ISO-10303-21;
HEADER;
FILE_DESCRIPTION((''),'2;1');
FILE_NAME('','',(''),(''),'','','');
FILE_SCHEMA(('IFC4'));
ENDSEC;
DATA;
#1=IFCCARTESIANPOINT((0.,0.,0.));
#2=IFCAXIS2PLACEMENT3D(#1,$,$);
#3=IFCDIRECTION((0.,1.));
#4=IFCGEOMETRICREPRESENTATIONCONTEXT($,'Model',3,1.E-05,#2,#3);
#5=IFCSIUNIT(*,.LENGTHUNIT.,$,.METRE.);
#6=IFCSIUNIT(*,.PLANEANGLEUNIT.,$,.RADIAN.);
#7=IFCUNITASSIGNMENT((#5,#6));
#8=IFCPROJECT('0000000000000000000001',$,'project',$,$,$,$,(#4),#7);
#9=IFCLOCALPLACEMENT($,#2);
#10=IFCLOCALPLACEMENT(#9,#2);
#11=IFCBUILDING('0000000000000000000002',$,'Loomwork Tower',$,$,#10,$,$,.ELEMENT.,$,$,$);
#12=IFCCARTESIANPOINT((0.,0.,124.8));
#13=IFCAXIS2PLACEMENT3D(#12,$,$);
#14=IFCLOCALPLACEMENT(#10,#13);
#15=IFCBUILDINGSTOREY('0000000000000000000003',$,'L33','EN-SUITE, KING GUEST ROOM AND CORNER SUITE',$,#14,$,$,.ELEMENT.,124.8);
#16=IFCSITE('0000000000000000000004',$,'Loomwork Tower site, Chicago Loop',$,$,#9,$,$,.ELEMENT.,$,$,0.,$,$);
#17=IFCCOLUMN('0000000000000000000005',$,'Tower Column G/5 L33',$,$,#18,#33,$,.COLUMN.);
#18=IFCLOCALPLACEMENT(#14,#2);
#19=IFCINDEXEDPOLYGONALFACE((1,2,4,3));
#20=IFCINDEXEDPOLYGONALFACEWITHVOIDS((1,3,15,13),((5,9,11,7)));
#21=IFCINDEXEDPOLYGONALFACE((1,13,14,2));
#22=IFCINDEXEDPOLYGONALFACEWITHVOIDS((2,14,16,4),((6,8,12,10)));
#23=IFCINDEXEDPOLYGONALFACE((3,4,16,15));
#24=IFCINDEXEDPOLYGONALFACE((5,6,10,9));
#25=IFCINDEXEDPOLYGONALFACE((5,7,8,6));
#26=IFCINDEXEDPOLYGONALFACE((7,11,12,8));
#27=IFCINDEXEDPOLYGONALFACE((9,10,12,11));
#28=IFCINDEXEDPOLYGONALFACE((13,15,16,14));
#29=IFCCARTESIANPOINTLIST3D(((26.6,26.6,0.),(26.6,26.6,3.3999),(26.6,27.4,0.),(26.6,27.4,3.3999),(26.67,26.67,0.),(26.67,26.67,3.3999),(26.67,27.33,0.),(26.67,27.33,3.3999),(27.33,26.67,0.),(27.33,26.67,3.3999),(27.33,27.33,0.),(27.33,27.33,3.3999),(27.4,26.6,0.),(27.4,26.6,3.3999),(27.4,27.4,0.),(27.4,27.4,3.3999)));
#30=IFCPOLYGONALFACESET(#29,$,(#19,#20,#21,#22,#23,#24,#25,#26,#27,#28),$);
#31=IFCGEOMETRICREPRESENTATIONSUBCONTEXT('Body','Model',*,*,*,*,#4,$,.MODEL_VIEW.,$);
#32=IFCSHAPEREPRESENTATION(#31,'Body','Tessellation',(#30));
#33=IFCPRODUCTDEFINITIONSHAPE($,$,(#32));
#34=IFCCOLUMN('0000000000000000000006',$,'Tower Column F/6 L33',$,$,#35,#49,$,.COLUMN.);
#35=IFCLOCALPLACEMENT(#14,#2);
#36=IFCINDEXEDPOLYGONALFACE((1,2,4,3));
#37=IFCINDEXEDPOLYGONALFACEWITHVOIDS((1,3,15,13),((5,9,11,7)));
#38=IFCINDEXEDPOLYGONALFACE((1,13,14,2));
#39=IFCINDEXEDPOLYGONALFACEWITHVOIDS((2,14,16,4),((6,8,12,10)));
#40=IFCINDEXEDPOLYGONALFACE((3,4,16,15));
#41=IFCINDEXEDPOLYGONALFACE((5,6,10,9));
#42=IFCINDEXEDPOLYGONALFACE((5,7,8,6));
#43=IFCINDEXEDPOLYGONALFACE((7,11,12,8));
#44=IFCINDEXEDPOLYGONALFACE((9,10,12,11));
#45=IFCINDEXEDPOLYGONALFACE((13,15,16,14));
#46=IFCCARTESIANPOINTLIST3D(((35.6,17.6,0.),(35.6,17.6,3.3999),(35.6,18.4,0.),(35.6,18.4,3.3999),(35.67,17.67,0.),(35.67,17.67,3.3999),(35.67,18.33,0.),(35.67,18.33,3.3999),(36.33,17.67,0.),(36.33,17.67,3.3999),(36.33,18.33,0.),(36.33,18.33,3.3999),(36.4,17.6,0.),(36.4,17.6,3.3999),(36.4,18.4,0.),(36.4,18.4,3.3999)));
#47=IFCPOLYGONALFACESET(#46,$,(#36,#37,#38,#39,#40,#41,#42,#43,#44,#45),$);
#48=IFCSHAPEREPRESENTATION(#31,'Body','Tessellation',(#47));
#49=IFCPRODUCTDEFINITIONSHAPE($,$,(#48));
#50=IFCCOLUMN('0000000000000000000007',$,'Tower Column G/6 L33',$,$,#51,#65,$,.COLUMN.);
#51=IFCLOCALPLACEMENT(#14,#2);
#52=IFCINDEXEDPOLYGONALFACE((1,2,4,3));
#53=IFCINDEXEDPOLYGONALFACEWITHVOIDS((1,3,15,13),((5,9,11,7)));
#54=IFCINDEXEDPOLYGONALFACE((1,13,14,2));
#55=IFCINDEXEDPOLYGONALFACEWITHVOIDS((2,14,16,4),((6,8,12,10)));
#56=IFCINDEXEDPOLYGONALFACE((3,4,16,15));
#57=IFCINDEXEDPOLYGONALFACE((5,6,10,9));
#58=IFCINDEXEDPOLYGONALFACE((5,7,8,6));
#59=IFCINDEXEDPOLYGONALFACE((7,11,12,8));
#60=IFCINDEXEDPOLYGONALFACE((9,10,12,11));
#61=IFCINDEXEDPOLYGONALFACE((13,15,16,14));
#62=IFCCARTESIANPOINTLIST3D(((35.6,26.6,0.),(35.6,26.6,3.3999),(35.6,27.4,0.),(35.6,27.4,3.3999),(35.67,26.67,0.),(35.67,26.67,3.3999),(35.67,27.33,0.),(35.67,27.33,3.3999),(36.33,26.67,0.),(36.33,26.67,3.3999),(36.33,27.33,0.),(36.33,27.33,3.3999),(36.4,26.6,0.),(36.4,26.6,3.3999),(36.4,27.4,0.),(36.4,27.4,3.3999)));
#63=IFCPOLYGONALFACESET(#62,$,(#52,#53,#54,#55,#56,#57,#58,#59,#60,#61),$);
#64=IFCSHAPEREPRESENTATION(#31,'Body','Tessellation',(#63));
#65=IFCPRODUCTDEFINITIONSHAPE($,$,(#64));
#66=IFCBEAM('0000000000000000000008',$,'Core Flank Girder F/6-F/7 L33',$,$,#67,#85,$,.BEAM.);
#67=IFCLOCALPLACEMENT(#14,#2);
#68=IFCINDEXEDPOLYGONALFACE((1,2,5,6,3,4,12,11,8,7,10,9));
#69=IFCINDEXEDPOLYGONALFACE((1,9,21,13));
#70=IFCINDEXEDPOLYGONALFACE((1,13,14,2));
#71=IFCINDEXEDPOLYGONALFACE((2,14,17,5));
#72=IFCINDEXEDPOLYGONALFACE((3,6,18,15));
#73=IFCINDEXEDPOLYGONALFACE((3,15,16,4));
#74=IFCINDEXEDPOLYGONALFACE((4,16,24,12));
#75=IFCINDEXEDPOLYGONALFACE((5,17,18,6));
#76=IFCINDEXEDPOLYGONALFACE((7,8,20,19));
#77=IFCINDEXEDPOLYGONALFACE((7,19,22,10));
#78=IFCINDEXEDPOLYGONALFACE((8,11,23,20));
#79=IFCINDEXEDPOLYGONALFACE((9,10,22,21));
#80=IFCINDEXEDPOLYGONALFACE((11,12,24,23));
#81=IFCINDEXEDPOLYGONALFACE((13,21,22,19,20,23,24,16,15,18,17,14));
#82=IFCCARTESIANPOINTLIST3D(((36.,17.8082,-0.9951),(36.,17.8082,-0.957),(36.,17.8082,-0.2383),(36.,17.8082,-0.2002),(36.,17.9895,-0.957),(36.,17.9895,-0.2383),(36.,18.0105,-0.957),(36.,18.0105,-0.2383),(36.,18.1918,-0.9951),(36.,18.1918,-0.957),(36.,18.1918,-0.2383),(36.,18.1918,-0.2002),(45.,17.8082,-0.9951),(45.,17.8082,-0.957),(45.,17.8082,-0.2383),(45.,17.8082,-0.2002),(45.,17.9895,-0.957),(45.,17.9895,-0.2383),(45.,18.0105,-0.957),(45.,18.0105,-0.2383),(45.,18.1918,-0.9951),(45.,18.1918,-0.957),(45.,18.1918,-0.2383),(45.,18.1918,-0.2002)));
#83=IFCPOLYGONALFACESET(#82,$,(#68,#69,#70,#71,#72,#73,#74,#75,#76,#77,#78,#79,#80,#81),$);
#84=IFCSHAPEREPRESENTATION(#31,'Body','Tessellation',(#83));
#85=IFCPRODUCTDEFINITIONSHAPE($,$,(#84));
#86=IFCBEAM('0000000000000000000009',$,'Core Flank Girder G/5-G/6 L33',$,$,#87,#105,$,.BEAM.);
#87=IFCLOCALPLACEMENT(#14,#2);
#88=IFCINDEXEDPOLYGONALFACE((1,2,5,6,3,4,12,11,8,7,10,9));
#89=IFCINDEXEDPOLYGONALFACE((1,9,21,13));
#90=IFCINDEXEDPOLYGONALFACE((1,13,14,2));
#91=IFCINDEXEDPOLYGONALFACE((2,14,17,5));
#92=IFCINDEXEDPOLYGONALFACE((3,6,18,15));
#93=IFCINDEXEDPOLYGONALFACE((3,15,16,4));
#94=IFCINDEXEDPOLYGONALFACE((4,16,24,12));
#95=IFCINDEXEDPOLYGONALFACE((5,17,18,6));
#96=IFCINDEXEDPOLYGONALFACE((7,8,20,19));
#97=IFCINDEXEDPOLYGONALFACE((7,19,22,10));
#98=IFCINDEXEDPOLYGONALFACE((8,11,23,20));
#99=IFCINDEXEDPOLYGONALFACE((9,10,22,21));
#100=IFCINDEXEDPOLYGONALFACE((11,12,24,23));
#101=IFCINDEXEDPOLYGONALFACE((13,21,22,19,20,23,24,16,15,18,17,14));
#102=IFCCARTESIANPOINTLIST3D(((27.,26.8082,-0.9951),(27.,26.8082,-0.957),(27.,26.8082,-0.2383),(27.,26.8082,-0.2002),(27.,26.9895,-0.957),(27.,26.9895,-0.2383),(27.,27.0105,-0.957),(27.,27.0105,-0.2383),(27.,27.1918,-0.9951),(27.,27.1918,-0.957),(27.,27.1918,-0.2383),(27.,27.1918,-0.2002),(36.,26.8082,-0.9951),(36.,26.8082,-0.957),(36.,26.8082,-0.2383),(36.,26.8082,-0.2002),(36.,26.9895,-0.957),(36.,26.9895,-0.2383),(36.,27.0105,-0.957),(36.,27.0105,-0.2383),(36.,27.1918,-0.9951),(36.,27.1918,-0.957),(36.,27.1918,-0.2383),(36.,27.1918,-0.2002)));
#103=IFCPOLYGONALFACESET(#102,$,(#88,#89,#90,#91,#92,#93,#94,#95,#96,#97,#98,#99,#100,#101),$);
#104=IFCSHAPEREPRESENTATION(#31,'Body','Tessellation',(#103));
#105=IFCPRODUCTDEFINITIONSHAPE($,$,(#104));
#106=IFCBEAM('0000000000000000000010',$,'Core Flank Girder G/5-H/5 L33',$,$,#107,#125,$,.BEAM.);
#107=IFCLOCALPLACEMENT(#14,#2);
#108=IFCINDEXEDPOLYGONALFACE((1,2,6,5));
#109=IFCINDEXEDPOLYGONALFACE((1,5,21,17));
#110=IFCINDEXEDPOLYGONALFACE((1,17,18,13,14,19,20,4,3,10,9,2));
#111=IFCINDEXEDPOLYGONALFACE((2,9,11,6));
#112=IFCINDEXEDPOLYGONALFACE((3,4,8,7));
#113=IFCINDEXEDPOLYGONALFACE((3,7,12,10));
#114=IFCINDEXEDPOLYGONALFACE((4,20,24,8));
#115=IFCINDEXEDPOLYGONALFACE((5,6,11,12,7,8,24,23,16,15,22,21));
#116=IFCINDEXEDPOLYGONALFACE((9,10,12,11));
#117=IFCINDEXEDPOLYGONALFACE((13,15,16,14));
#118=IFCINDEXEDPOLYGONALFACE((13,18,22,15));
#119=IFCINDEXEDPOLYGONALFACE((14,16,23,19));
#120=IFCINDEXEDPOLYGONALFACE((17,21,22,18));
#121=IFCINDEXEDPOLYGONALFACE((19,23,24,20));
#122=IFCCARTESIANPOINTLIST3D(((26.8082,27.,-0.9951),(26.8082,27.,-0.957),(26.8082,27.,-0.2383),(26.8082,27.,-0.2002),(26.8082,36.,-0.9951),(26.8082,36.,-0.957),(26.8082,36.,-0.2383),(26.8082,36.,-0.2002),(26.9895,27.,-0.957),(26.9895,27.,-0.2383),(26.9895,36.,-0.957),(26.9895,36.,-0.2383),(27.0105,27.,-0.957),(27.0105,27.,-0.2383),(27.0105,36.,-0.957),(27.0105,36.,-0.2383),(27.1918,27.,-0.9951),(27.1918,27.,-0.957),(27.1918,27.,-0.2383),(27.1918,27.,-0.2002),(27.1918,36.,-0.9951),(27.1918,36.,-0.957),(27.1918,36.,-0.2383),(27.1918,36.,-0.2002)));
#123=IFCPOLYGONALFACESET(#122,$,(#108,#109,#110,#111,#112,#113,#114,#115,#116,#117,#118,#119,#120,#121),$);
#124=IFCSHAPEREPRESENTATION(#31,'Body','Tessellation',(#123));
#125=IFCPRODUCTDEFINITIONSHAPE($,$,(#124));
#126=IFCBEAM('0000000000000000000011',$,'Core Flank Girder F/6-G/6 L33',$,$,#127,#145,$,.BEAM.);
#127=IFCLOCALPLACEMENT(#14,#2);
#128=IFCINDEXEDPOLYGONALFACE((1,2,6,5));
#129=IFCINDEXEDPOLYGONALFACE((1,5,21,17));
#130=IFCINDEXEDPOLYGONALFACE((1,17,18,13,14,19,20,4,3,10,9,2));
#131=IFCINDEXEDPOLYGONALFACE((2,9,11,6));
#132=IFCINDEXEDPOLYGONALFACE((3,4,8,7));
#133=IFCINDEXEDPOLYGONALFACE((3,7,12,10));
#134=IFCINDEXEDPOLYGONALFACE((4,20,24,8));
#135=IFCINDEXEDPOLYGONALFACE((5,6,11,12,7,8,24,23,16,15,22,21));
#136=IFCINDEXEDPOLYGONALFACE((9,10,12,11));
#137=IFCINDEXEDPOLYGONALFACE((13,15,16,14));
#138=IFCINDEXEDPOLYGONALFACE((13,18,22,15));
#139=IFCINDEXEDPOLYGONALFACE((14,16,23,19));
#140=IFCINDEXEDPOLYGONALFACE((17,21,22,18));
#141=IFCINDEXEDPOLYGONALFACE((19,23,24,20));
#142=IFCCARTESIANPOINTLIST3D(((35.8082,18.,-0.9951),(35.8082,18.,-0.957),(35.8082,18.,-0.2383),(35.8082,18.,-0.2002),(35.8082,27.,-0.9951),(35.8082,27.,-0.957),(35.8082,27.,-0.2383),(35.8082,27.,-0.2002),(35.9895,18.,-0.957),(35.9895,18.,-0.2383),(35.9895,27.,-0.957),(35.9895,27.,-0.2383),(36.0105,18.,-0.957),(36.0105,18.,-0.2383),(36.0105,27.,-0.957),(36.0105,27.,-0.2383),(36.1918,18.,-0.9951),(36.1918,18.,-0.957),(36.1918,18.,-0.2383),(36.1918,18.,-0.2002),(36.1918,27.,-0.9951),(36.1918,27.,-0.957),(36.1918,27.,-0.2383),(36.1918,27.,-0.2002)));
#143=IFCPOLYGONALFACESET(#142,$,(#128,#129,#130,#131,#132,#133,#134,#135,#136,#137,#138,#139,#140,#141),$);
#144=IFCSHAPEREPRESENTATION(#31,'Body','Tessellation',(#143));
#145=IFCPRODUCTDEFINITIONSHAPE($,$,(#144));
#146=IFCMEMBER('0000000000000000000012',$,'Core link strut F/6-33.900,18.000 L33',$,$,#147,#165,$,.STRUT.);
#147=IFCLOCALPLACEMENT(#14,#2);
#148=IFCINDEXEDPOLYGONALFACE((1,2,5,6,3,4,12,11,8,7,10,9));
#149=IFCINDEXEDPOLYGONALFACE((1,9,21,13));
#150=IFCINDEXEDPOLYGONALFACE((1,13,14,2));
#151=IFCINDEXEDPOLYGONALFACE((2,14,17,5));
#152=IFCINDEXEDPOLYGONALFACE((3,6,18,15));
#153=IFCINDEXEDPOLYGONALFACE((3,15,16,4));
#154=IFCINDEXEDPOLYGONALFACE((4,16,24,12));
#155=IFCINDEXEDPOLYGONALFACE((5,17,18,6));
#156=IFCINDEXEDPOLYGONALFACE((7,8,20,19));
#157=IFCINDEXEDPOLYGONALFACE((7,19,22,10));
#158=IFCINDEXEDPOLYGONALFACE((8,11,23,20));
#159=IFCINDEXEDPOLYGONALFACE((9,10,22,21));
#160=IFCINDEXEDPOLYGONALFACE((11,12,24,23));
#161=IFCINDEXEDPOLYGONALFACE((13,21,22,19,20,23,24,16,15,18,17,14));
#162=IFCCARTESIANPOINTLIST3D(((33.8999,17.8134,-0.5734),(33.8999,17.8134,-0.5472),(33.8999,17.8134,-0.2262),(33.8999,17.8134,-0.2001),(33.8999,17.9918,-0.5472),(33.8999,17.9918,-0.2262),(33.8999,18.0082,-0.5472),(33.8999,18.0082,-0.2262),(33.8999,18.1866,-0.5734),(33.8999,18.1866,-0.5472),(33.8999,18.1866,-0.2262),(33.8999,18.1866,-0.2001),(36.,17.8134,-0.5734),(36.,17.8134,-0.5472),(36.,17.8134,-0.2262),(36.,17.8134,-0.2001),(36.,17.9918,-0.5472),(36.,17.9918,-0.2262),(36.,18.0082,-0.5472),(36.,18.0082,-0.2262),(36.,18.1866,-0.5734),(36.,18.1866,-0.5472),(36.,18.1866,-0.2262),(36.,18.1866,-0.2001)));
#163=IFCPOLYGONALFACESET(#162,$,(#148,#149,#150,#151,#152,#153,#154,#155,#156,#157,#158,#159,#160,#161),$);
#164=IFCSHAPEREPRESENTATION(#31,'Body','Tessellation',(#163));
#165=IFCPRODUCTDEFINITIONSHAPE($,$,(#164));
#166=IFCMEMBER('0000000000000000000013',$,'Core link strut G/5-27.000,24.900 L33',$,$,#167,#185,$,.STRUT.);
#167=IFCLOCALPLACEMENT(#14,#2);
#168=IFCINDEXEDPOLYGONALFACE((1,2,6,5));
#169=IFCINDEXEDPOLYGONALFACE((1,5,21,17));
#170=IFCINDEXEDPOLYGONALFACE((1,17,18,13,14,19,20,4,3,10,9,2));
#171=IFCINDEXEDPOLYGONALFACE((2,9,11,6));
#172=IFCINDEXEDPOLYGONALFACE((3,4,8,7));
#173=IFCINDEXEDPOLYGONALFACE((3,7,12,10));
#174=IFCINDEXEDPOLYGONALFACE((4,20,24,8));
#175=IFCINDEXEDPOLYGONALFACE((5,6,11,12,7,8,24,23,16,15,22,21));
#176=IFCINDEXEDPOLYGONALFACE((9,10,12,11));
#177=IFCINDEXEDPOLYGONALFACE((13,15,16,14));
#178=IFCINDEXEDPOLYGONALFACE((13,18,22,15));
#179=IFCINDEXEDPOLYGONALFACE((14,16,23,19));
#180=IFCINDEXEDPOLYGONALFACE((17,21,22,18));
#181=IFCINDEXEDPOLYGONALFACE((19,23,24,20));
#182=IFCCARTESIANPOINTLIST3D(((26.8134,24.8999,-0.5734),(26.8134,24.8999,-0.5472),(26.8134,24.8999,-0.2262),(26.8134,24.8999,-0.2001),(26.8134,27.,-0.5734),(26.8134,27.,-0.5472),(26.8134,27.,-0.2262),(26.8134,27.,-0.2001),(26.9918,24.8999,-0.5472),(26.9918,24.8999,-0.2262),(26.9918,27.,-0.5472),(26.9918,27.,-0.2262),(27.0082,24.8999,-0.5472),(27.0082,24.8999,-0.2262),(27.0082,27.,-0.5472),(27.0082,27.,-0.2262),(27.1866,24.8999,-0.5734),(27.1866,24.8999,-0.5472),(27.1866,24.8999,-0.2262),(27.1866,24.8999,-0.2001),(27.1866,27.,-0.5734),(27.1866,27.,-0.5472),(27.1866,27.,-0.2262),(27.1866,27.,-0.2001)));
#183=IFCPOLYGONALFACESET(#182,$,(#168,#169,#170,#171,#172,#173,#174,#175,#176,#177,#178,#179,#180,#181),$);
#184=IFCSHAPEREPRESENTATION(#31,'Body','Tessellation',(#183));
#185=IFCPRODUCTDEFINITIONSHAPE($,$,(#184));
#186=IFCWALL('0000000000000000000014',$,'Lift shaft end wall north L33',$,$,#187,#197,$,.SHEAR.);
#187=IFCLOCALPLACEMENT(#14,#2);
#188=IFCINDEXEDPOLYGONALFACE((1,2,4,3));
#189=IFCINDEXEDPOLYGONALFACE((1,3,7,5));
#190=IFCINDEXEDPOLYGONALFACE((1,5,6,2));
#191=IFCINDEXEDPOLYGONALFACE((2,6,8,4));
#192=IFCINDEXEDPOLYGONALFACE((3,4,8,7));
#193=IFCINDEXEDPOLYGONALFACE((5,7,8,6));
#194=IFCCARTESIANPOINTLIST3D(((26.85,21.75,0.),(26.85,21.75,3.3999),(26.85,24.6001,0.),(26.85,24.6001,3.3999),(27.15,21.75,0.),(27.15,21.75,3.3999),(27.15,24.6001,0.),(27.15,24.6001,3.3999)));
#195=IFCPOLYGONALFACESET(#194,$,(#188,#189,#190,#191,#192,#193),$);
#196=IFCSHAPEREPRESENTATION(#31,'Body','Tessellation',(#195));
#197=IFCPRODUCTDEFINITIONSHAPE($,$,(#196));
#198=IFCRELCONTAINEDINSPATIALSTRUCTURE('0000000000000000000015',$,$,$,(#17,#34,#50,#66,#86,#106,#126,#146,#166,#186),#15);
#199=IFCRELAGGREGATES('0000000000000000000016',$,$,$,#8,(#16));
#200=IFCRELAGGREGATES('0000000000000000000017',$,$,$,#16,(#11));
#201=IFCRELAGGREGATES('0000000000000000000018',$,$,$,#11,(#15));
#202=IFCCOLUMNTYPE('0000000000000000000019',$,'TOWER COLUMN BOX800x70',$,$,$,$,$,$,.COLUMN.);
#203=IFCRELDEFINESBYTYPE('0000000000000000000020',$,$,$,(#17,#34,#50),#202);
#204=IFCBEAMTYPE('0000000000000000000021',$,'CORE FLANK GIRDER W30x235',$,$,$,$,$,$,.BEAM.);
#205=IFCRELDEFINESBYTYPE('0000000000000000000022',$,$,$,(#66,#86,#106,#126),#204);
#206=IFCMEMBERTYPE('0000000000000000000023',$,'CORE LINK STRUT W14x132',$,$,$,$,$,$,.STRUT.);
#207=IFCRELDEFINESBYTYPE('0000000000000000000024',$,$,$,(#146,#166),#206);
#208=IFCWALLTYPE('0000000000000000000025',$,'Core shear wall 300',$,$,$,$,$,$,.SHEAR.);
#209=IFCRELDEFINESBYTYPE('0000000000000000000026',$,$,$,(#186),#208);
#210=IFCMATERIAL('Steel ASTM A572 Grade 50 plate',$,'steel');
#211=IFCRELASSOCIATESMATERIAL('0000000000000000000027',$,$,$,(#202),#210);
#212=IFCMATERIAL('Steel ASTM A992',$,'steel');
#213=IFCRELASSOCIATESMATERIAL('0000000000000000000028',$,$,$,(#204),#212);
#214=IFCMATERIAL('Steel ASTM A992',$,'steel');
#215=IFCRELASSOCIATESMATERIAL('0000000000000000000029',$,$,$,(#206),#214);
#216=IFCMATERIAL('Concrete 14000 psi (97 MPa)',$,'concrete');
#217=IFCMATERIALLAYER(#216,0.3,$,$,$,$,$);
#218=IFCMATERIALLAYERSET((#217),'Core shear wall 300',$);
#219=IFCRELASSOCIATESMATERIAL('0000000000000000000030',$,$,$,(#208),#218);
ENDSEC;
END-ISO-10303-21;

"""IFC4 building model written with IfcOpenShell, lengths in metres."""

from ifc_helpers import new_model, si_unit, direction, frame, frame_2d, origin, origin_2d, place, context, subcontext, project, spatial, rectangle, hollow_rectangle, i_section, extrude, material, layer, layer_set, material_profile, profile_set, type_object, element, save


model = new_model("IFC4")

# Units and contexts
model_context = context("Model", 3, precision=1e-05, world=origin(), true_north=direction((0.0, 1.0)))
body_context = subcontext(model_context, "Body", "Model", "MODEL_VIEW")
ifc_project = project(units=[si_unit("LENGTHUNIT", "METRE"), si_unit("PLANEANGLEUNIT", "RADIAN")], contexts=[model_context])

# Site, building, storey
site_placement = place(None, origin())
site = spatial("IfcSite", under=ifc_project, at=site_placement, Name="Loomwork Tower site, Chicago Loop", CompositionType="ELEMENT", RefElevation=0.0)
building_placement = place(site_placement, origin())
building = spatial("IfcBuilding", under=site, at=building_placement, Name="Loomwork Tower", CompositionType="ELEMENT")
storey_placement = place(building_placement, frame((0.0, 0.0, 124.8)))
storey = spatial("IfcBuildingStorey", under=building, at=storey_placement, Name="L33", Description="EN-SUITE, KING GUEST ROOM AND CORNER SUITE", CompositionType="ELEMENT", Elevation=124.8)

# Columns
ifc_material_1 = material(Name="Steel ASTM A572 Grade 50 plate", Category="steel")
ifc_material_profile_1 = material_profile(ifc_material_1, hollow_rectangle(XDim=0.8, YDim=0.8, WallThickness=0.0701, at=origin_2d()), Name="BOX800x70")
ifc_profile_set_1 = profile_set([ifc_material_profile_1], Name="Steel ASTM A572 Grade 50 plate")
column_type = type_object("IfcColumnType", Name="TOWER COLUMN BOX800x70", PredefinedType="COLUMN", material=ifc_profile_set_1)
for number, where, z_axis, x_axis, name in (
    (1, (27.0, 27.0, 0.0), (0.0, 0.0, 1.0), (1.0, 0.0, 0.0), "Tower Column G/5 L33"),
    (2, (36.0, 18.0, 0.0), (0.0, 0.0, 1.0), (0.0, 1.0, 0.0), "Tower Column F/6 L33"),
    (3, (36.0, 27.0, 0.0), (0.0, 0.0, 1.0), (1.0, 0.0, 0.0), "Tower Column G/6 L33"),
):
    element("IfcColumn", number, at=place(storey_placement, frame(where, z_axis=z_axis, x_axis=x_axis)), inside=storey, type_object=column_type, Name=name, PredefinedType="COLUMN", context=body_context, shape_type="SweptSolid", body=[
        extrude(hollow_rectangle(XDim=0.8, YDim=0.8, WallThickness=0.0701, at=origin_2d()), origin(), (0.0, 0.0, 1.0), 3.3999),
    ])

# Beams
ifc_material_2 = material(Name="Steel ASTM A992", Category="steel")
ifc_material_profile_2 = material_profile(ifc_material_2, i_section(OverallWidth=0.3835, OverallDepth=0.7949, WebThickness=0.021, FlangeThickness=0.0381, at=origin_2d()), Name="W30x235")
ifc_profile_set_2 = profile_set([ifc_material_profile_2], Name="Steel ASTM A992")
beam_type = type_object("IfcBeamType", Name="CORE FLANK GIRDER W30x235", PredefinedType="BEAM", material=ifc_profile_set_2)
for number, where, z_axis, x_axis, name in (
    (4, (36.0, 18.0, -0.5977), (1.0, 0.0, 0.0), (0.0, 1.0, 0.0), "Core Flank Girder F/6-F/7 L33"),
    (5, (27.0, 27.0, -0.5977), (1.0, 0.0, 0.0), (0.0, 1.0, 0.0), "Core Flank Girder G/5-G/6 L33"),
    (6, (27.0, 27.0, -0.5977), (0.0, 1.0, 0.0), (-1.0, 0.0, 0.0), "Core Flank Girder G/5-H/5 L33"),
    (7, (36.0, 18.0, -0.5977), (0.0, 1.0, 0.0), (-1.0, 0.0, 0.0), "Core Flank Girder F/6-G/6 L33"),
):
    element("IfcBeam", number, at=place(storey_placement, frame(where, z_axis=z_axis, x_axis=x_axis)), inside=storey, type_object=beam_type, Name=name, PredefinedType="BEAM", context=body_context, shape_type="SweptSolid", body=[
        extrude(i_section(OverallWidth=0.3835, OverallDepth=0.7949, WebThickness=0.021, FlangeThickness=0.0381, at=origin_2d()), origin(), (0.0, 0.0, 1.0), 9.0),
    ])

# Members
ifc_material_3 = material(Name="Steel ASTM A992", Category="steel")
ifc_material_profile_3 = material_profile(ifc_material_3, i_section(OverallWidth=0.3733, OverallDepth=0.3733, WebThickness=0.0164, FlangeThickness=0.0261, at=origin_2d()), Name="W14x132")
ifc_profile_set_3 = profile_set([ifc_material_profile_3], Name="Steel ASTM A992")
member_type = type_object("IfcMemberType", Name="CORE LINK STRUT W14x132", PredefinedType="STRUT", material=ifc_profile_set_3)
for number, where, z_axis, x_axis, name in (
    (8, (36.0, 18.0, -0.3867), (-1.0, 0.0, 0.0), (0.0, -1.0, 0.0), "Core link strut F/6-33.900,18.000 L33"),
    (9, (27.0, 27.0, -0.3867), (0.0, -1.0, 0.0), (1.0, 0.0, 0.0), "Core link strut G/5-27.000,24.900 L33"),
):
    element("IfcMember", number, at=place(storey_placement, frame(where, z_axis=z_axis, x_axis=x_axis)), inside=storey, type_object=member_type, Name=name, PredefinedType="STRUT", context=body_context, shape_type="SweptSolid", body=[
        extrude(i_section(OverallWidth=0.3733, OverallDepth=0.3733, WebThickness=0.0164, FlangeThickness=0.0261, at=origin_2d()), origin(), (0.0, 0.0, 1.0), 2.1001),
    ])

# Wall
ifc_material_4 = material(Name="Concrete 14000 psi (97 MPa)", Category="concrete")
ifc_layer_1 = layer(ifc_material_4, 0.3)
ifc_layer_set_1 = layer_set([ifc_layer_1], Name="Core shear wall 300")
wall_type_1 = type_object("IfcWallType", Name="Core shear wall 300", PredefinedType="SHEAR", material=ifc_layer_set_1)
wall_1_placement = place(storey_placement, frame((27.0, 21.75, 0.0), z_axis=(0.0, 0.0, 1.0), x_axis=(0.0, 1.0, 0.0)))
element("IfcWall", 10, at=wall_1_placement, inside=storey, type_object=wall_type_1, Name="Lift shaft end wall north L33", PredefinedType="SHEAR", context=body_context, shape_type="SweptSolid", body=[
    extrude(rectangle(XDim=2.8501, YDim=0.3, at=frame_2d((1.425, 0.0))), origin(), (0.0, 0.0, 1.0), 3.3999),
])

save(model, "model.ifc")
